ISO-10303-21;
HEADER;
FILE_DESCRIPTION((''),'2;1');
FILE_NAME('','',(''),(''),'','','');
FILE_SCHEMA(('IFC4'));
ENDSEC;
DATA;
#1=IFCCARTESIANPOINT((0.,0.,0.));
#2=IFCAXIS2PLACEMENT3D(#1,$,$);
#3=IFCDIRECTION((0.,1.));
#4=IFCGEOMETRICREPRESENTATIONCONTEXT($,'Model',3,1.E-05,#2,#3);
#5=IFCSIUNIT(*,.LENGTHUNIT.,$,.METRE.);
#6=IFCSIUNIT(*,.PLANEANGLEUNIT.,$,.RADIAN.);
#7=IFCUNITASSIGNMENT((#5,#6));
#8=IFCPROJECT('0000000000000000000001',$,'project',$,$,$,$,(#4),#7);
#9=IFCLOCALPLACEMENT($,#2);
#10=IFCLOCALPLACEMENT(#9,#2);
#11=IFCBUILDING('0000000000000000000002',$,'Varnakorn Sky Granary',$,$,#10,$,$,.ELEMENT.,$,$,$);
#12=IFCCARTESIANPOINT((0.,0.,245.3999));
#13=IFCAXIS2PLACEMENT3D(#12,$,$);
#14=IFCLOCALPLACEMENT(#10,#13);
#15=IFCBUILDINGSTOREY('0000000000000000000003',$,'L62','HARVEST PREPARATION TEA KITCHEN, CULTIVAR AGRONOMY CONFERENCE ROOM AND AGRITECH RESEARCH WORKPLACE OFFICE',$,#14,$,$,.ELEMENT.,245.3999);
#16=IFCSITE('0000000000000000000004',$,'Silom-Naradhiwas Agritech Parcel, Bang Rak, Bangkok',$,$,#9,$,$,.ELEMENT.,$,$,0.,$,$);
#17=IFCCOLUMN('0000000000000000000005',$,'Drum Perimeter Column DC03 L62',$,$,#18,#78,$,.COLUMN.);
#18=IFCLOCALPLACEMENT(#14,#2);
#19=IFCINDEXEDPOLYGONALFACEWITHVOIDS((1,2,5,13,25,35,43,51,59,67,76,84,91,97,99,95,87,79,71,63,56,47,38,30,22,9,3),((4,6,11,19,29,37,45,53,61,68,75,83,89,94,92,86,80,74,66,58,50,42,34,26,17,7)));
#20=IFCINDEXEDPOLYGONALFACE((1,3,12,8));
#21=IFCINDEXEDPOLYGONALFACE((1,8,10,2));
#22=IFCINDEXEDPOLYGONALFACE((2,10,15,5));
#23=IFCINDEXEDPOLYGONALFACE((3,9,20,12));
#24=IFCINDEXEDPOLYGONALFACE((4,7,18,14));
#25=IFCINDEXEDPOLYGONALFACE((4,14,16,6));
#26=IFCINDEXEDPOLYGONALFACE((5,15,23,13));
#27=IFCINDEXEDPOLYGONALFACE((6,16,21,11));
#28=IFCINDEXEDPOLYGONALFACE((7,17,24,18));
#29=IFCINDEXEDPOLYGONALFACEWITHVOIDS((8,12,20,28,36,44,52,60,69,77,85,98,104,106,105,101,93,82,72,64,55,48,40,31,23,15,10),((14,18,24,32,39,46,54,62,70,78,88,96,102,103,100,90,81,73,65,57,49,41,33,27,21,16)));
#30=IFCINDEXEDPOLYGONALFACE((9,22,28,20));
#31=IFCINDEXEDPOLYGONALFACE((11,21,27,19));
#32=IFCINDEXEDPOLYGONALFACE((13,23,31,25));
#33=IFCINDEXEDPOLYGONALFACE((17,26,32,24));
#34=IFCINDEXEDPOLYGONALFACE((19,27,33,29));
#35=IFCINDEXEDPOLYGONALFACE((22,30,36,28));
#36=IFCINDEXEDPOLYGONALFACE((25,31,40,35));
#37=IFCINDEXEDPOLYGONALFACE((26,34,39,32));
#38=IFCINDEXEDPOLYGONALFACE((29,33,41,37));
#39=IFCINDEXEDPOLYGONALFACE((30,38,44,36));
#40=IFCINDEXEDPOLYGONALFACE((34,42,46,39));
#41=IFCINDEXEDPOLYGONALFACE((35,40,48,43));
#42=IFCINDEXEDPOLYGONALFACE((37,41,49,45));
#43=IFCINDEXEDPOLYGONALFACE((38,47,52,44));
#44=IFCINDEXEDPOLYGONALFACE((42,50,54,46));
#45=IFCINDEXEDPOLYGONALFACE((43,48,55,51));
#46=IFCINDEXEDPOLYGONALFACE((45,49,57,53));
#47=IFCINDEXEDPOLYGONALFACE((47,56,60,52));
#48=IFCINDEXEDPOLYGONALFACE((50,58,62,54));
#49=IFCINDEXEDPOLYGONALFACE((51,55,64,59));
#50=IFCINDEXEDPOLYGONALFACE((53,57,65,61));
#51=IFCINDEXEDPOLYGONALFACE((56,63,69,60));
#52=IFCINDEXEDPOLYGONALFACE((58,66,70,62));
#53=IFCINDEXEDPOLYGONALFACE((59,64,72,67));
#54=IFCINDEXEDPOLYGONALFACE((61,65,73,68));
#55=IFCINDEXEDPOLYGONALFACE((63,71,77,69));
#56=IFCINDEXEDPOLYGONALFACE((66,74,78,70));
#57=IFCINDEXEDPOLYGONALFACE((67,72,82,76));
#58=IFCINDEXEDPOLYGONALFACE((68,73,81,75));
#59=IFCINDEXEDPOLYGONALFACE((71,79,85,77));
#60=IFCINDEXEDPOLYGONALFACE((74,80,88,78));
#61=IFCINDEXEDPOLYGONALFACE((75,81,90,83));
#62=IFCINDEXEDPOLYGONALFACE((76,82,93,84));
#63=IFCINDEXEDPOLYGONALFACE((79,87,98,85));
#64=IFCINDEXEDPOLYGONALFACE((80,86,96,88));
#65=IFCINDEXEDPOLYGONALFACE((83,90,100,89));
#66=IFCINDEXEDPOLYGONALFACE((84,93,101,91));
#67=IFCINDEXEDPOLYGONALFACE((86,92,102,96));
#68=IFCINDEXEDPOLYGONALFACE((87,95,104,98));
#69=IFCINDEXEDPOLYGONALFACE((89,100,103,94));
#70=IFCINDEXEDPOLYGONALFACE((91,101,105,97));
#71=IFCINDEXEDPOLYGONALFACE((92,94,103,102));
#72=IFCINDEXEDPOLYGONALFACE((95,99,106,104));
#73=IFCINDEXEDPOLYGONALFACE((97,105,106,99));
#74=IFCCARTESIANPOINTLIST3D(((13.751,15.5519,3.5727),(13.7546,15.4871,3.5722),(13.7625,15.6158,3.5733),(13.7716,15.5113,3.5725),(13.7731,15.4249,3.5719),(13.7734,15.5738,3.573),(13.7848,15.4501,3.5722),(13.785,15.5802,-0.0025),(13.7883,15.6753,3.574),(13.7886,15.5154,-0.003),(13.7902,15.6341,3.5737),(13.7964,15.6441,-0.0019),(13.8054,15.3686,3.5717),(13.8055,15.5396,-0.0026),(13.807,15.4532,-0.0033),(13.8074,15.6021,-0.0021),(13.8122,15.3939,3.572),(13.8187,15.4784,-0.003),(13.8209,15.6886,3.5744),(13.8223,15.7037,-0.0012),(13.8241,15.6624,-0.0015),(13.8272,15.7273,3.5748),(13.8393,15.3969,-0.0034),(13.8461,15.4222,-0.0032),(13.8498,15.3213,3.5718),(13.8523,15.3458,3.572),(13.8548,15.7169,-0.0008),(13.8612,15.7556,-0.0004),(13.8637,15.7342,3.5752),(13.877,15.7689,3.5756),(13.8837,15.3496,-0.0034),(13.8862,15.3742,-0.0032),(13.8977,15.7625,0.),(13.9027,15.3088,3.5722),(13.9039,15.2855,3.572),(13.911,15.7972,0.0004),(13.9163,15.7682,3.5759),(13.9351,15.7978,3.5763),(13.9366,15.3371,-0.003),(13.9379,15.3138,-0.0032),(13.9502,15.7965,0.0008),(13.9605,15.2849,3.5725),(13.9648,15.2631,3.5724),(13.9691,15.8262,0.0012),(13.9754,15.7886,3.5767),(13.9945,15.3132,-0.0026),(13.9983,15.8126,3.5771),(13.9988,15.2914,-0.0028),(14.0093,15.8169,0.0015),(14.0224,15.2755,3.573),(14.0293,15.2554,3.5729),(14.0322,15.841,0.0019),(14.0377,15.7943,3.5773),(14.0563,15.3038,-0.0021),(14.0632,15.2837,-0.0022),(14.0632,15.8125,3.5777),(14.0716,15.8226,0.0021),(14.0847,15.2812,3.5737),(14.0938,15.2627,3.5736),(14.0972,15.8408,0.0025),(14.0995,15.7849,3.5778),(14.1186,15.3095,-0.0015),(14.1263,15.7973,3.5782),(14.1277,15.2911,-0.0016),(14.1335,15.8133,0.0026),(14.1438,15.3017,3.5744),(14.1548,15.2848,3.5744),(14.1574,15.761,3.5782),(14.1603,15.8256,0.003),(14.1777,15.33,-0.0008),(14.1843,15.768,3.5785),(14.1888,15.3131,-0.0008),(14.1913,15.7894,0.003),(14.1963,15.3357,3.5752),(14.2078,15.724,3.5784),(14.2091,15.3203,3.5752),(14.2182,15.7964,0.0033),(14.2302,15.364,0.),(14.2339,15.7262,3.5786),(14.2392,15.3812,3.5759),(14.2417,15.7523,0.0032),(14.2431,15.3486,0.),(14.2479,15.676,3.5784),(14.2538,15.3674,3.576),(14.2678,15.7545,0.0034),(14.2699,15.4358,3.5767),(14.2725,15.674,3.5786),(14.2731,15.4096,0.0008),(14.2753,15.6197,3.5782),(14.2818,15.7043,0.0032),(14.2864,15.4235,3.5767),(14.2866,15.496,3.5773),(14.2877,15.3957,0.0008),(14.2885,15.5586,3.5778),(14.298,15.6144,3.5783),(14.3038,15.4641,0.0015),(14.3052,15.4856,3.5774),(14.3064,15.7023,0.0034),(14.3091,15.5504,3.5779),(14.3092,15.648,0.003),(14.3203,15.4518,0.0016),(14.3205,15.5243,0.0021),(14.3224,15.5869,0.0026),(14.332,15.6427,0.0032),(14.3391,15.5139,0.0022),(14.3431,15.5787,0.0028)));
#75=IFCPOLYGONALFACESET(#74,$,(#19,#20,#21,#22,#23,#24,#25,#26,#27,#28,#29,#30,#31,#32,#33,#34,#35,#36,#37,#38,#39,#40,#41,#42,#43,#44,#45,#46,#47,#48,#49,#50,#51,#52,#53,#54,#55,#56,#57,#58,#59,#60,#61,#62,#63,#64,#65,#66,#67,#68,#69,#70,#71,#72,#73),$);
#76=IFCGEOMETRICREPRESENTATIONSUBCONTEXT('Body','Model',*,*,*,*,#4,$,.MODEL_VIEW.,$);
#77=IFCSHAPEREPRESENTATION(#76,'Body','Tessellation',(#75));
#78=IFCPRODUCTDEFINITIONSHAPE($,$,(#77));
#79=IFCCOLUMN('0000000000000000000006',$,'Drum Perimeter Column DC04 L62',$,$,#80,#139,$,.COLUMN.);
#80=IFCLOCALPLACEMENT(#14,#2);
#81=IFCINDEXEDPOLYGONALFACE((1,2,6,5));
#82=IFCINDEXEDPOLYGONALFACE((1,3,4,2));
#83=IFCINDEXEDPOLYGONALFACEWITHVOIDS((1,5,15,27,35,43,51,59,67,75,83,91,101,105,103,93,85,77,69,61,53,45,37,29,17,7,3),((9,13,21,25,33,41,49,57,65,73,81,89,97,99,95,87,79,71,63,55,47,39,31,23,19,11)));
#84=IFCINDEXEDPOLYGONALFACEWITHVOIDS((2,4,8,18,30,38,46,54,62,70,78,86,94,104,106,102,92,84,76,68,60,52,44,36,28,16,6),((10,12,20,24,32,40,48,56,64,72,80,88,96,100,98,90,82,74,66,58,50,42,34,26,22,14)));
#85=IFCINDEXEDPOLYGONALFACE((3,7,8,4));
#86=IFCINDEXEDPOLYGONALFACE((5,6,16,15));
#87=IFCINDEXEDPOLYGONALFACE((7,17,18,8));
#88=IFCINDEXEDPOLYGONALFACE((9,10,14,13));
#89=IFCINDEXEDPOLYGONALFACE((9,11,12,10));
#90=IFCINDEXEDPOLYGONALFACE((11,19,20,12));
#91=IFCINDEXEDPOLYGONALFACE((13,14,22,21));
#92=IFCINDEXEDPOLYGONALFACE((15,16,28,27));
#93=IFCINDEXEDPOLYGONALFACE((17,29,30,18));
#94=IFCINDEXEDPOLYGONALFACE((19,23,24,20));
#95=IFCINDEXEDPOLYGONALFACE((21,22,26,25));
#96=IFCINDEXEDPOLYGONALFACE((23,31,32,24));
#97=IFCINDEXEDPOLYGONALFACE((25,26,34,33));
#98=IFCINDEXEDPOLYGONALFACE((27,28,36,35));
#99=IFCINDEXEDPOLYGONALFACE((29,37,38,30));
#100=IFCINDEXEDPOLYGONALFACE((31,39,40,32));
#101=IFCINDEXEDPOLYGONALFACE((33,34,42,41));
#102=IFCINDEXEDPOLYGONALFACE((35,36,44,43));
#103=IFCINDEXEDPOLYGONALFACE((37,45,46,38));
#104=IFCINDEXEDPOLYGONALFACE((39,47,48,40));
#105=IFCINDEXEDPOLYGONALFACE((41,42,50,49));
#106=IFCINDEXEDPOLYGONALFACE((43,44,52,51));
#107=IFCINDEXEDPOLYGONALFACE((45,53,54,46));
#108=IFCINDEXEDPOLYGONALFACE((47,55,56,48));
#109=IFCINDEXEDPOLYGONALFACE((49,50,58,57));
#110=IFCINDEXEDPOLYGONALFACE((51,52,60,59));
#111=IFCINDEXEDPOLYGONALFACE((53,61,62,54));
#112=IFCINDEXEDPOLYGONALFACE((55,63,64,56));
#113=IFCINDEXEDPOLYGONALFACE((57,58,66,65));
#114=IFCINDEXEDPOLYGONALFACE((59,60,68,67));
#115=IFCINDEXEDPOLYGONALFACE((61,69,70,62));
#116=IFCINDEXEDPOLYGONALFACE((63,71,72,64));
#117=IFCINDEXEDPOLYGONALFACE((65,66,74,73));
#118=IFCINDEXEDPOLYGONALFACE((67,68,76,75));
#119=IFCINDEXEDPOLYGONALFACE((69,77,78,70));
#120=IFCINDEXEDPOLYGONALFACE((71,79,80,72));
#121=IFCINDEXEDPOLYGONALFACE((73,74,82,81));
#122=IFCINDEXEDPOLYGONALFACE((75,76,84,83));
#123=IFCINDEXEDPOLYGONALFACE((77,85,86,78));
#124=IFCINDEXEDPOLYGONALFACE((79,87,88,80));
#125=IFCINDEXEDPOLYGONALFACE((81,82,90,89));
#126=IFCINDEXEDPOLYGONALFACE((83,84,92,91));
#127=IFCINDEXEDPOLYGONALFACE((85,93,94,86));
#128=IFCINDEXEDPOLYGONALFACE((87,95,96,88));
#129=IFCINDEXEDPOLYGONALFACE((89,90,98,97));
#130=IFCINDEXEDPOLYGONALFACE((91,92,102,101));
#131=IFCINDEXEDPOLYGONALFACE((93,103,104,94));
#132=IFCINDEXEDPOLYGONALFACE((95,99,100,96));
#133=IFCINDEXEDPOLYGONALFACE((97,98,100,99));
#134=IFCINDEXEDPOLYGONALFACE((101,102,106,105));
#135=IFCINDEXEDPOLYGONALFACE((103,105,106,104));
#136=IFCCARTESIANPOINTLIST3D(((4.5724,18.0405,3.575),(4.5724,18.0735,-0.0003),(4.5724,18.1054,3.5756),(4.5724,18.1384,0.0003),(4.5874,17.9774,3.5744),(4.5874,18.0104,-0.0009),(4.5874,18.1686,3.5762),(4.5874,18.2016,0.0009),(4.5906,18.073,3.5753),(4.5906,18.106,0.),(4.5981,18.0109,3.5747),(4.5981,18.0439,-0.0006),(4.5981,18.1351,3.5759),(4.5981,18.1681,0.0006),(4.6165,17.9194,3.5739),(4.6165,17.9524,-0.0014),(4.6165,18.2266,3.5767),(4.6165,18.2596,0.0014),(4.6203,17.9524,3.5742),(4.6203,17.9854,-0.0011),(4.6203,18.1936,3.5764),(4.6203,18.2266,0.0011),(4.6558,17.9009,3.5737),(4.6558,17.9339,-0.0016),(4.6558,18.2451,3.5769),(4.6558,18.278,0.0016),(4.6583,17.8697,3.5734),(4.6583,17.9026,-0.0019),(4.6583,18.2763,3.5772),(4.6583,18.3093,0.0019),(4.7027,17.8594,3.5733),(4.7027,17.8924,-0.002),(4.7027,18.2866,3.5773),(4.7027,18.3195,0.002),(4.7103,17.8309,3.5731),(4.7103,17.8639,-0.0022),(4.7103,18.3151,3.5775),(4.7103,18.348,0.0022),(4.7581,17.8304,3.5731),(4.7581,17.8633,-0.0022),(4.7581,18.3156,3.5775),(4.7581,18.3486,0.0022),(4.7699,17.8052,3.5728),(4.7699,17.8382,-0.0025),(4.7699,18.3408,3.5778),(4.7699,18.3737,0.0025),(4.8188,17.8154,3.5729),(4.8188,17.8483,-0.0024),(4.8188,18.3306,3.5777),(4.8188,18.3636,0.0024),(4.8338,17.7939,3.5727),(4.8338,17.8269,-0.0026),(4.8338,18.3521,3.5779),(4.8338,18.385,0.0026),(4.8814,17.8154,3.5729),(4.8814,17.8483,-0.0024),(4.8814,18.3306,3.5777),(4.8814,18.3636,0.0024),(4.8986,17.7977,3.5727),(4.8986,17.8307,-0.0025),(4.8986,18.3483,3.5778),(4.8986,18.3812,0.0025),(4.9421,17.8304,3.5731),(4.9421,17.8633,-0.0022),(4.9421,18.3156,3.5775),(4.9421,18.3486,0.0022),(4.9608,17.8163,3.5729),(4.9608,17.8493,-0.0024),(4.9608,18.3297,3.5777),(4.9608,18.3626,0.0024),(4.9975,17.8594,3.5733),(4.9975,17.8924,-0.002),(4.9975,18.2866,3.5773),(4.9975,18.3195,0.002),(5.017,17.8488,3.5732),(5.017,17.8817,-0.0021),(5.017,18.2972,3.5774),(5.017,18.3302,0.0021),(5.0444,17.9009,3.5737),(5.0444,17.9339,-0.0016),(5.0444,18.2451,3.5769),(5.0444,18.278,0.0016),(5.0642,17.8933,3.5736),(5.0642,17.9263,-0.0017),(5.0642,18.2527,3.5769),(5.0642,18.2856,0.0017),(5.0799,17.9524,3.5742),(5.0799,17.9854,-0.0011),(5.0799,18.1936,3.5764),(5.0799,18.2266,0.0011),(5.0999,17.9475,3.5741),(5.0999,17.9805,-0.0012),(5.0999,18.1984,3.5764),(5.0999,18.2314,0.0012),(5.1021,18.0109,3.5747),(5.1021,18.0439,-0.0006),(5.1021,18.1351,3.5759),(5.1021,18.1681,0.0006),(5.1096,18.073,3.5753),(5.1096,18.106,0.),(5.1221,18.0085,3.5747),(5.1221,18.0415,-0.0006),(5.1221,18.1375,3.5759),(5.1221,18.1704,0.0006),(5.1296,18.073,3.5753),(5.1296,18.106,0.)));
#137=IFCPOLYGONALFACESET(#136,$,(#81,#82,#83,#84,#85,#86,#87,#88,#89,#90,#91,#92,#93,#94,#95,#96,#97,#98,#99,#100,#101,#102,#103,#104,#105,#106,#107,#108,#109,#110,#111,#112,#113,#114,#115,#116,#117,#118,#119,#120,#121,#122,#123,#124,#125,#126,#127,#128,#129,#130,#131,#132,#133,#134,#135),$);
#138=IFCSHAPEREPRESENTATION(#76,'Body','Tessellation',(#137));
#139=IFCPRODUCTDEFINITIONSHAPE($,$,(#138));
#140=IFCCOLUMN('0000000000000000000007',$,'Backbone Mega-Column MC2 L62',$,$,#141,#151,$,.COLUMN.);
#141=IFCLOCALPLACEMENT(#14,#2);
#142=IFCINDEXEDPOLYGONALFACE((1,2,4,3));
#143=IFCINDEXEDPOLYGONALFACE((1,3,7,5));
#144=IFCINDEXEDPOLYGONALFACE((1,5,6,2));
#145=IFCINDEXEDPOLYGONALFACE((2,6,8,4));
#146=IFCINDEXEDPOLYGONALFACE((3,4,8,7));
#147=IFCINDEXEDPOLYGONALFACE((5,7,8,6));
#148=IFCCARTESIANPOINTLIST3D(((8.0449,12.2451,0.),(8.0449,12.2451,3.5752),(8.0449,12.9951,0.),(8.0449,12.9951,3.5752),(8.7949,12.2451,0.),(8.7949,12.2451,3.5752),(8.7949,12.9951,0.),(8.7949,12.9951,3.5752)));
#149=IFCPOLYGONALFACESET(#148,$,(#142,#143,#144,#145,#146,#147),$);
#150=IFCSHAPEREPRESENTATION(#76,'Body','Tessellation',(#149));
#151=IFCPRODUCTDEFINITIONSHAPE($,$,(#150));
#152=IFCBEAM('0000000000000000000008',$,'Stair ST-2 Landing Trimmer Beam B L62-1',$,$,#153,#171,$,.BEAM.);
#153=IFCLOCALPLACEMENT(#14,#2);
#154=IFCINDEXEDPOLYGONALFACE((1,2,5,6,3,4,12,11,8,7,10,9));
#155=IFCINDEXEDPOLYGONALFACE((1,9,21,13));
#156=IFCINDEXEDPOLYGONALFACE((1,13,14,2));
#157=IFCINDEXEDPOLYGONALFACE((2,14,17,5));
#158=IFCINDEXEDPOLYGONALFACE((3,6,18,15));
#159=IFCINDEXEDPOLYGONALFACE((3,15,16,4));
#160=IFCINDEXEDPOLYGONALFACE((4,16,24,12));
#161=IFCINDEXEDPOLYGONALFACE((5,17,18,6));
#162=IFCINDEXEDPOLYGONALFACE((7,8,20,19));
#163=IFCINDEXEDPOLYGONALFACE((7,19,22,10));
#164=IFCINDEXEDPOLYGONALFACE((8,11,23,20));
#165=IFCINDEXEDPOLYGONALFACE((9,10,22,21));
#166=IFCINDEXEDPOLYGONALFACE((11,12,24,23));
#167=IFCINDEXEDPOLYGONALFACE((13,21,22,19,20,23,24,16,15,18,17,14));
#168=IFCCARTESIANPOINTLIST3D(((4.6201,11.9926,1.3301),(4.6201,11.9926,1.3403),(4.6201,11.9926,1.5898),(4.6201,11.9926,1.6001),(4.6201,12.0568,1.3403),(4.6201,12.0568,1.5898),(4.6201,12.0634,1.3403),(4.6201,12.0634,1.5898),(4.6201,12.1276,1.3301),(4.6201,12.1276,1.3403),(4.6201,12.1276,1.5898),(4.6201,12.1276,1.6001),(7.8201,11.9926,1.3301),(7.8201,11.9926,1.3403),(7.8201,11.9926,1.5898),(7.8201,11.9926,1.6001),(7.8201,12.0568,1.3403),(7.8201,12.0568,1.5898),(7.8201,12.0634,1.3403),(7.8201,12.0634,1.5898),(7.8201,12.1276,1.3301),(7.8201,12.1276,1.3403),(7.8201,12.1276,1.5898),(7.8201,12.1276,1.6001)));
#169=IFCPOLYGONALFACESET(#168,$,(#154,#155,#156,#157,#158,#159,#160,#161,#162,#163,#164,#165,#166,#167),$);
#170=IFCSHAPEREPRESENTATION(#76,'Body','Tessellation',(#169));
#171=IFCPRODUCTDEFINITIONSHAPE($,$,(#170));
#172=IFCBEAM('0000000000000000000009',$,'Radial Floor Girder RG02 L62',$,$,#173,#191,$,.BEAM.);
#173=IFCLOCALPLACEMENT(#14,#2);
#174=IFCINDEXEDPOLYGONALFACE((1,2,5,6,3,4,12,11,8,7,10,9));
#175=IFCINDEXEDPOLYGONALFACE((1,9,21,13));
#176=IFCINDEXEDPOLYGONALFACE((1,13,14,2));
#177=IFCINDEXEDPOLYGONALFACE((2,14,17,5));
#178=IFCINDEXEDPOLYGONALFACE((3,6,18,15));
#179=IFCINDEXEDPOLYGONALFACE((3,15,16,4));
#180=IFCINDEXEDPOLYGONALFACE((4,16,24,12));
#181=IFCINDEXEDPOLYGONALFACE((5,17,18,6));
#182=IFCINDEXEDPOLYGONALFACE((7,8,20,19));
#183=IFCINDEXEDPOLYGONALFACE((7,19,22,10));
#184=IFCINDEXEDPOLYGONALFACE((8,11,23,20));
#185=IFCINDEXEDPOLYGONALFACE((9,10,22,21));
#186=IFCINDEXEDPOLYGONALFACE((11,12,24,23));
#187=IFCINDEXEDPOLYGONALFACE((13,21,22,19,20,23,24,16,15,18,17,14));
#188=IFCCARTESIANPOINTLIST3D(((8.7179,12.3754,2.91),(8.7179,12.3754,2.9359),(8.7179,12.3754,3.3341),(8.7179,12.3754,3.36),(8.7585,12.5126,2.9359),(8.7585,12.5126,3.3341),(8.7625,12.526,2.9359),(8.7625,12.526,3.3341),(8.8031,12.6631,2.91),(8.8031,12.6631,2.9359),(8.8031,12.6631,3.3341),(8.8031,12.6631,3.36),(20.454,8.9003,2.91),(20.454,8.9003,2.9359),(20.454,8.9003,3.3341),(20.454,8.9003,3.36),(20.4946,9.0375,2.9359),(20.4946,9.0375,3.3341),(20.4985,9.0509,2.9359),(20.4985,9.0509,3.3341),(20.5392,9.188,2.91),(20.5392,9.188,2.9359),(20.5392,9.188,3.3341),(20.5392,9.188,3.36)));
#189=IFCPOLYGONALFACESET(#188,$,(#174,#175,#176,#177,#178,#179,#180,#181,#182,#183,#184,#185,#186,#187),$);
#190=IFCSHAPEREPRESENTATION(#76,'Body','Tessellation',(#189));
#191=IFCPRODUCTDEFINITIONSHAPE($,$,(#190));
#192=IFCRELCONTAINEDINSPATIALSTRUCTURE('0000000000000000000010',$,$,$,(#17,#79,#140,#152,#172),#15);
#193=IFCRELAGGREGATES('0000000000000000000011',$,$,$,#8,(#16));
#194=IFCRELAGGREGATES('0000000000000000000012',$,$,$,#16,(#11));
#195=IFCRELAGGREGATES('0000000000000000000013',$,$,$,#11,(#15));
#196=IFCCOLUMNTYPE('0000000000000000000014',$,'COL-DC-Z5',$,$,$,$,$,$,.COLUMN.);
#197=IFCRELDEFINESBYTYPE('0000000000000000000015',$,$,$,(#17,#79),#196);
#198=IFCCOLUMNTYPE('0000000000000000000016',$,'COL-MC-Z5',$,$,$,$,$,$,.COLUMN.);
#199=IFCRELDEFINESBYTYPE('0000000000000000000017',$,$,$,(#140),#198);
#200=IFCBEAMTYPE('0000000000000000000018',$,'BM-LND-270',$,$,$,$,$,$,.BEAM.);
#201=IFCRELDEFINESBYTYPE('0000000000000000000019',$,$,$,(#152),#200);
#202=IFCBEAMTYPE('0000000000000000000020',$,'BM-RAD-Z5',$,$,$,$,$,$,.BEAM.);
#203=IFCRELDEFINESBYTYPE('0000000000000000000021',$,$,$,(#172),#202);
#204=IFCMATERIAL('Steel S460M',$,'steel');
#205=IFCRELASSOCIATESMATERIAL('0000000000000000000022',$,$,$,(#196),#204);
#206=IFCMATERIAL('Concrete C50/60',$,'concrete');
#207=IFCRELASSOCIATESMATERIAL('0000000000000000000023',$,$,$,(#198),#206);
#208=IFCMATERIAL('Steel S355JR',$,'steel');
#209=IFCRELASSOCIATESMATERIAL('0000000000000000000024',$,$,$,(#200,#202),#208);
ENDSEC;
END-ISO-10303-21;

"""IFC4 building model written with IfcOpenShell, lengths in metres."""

from ifc_helpers import new_model, si_unit, direction, frame, origin, origin_2d, place, context, subcontext, project, spatial, rectangle, hollow_circle, i_section, extrude, material, material_profile, profile_set, type_object, element, save


model = new_model("IFC4")

# Units and contexts
model_context = context("Model", 3, precision=1e-05, world=origin(), true_north=direction((0.0, 1.0)))
body_context = subcontext(model_context, "Body", "Model", "MODEL_VIEW")
ifc_project = project(units=[si_unit("LENGTHUNIT", "METRE"), si_unit("PLANEANGLEUNIT", "RADIAN")], contexts=[model_context])

# Site, building, storey
site_placement = place(None, origin())
site = spatial("IfcSite", under=ifc_project, at=site_placement, Name="Silom-Naradhiwas Agritech Parcel, Bang Rak, Bangkok", CompositionType="ELEMENT", RefElevation=0.0)
building_placement = place(site_placement, origin())
building = spatial("IfcBuilding", under=site, at=building_placement, Name="Varnakorn Sky Granary", CompositionType="ELEMENT")
storey_placement = place(building_placement, frame((0.0, 0.0, 245.3999)))
storey = spatial("IfcBuildingStorey", under=building, at=storey_placement, Name="L62", Description="HARVEST PREPARATION TEA KITCHEN, CULTIVAR AGRONOMY CONFERENCE ROOM AND AGRITECH RESEARCH WORKPLACE OFFICE", CompositionType="ELEMENT", Elevation=245.3999)

# Columns
ifc_material_1 = material(Name="Steel S460M", Category="steel")
ifc_material_profile_1 = material_profile(ifc_material_1, hollow_circle(Radius=0.2795, WallThickness=0.02, at=origin_2d()), Name="CHS 559x20")
ifc_profile_set_1 = profile_set([ifc_material_profile_1], Name="Steel S460M")
column_type_1 = type_object("IfcColumnType", Name="COL-DC-Z5", PredefinedType="COLUMN", material=ifc_profile_set_1)
for number, where, z_axis, x_axis, name in (
    (1, (14.064, 15.5632, 0.0), (-0.009491, -0.007921, 0.999924), (0.640728, -0.767768, 0.0), "Drum Perimeter Column DC03 L62"),
    (2, (4.8501, 18.106, 0.0), (0.0, -0.009218, 0.999958), (1.0, 0.0, 0.0), "Drum Perimeter Column DC04 L62"),
):
    element("IfcColumn", number, at=place(storey_placement, frame(where, z_axis=z_axis, x_axis=x_axis)), inside=storey, type_object=column_type_1, Name=name, PredefinedType="COLUMN", context=body_context, shape_type="SweptSolid", body=[
        extrude(hollow_circle(Radius=0.2795, WallThickness=0.02, at=origin_2d()), origin(), (0.0, 0.0, 1.0), 3.5754),
    ])
ifc_material_2 = material(Name="Concrete C50/60", Category="concrete")
ifc_material_profile_2 = material_profile(ifc_material_2, rectangle(XDim=0.75, YDim=0.75, at=origin_2d()), Name="RC 750x750")
ifc_profile_set_2 = profile_set([ifc_material_profile_2], Name="Concrete C50/60")
column_type_2 = type_object("IfcColumnType", Name="COL-MC-Z5", PredefinedType="COLUMN", material=ifc_profile_set_2)
column_placement = place(storey_placement, frame((8.4199, 12.6201, 0.0), z_axis=(0.0, 0.0, 1.0), x_axis=(1.0, 0.0, 0.0)))
element("IfcColumn", 3, at=column_placement, inside=storey, type_object=column_type_2, Name="Backbone Mega-Column MC2 L62", PredefinedType="COLUMN", context=body_context, shape_type="SweptSolid", body=[
    extrude(rectangle(XDim=0.75, YDim=0.75, at=origin_2d()), origin(), (0.0, 0.0, 1.0), 3.5752),
])

# Beams
ifc_material_3 = material(Name="Steel S355JR", Category="steel")
ifc_material_profile_3 = material_profile(ifc_material_3, i_section(OverallWidth=0.135, OverallDepth=0.27, WebThickness=0.0066, FlangeThickness=0.0103, at=origin_2d()), Name="IPE 270")
ifc_profile_set_3 = profile_set([ifc_material_profile_3], Name="Steel S355JR")
beam_type_1 = type_object("IfcBeamType", Name="BM-LND-270", PredefinedType="BEAM", material=ifc_profile_set_3)
beam_1_placement = place(storey_placement, frame((4.6201, 12.0601, 1.4651), z_axis=(1.0, 0.0, 0.0), x_axis=(0.0, 1.0, 0.0)))
element("IfcBeam", 4, at=beam_1_placement, inside=storey, type_object=beam_type_1, Name="Stair ST-2 Landing Trimmer Beam B L62-1", PredefinedType="BEAM", context=body_context, shape_type="SweptSolid", body=[
    extrude(i_section(OverallWidth=0.135, OverallDepth=0.27, WebThickness=0.0066, FlangeThickness=0.0103, at=origin_2d()), origin(), (0.0, 0.0, 1.0), 3.2),
])
ifc_material_profile_4 = material_profile(ifc_material_3, i_section(OverallWidth=0.3, OverallDepth=0.45, WebThickness=0.0139, FlangeThickness=0.0259, at=origin_2d()), Name="HE 450 B")
ifc_profile_set_4 = profile_set([ifc_material_profile_4], Name="Steel S355JR")
beam_type_2 = type_object("IfcBeamType", Name="BM-RAD-Z5", PredefinedType="BEAM", material=ifc_profile_set_4)
beam_2_placement = place(storey_placement, frame((8.7605, 12.5193, 3.135), z_axis=(0.958848, -0.283919, 0.0), x_axis=(0.283919, 0.958848, 0.0)))
element("IfcBeam", 5, at=beam_2_placement, inside=storey, type_object=beam_type_2, Name="Radial Floor Girder RG02 L62", PredefinedType="BEAM", context=body_context, shape_type="SweptSolid", body=[
    extrude(i_section(OverallWidth=0.3, OverallDepth=0.45, WebThickness=0.0139, FlangeThickness=0.0259, at=origin_2d()), origin(), (0.0, 0.0, 1.0), 12.2397),
])

save(model, "model.ifc")
